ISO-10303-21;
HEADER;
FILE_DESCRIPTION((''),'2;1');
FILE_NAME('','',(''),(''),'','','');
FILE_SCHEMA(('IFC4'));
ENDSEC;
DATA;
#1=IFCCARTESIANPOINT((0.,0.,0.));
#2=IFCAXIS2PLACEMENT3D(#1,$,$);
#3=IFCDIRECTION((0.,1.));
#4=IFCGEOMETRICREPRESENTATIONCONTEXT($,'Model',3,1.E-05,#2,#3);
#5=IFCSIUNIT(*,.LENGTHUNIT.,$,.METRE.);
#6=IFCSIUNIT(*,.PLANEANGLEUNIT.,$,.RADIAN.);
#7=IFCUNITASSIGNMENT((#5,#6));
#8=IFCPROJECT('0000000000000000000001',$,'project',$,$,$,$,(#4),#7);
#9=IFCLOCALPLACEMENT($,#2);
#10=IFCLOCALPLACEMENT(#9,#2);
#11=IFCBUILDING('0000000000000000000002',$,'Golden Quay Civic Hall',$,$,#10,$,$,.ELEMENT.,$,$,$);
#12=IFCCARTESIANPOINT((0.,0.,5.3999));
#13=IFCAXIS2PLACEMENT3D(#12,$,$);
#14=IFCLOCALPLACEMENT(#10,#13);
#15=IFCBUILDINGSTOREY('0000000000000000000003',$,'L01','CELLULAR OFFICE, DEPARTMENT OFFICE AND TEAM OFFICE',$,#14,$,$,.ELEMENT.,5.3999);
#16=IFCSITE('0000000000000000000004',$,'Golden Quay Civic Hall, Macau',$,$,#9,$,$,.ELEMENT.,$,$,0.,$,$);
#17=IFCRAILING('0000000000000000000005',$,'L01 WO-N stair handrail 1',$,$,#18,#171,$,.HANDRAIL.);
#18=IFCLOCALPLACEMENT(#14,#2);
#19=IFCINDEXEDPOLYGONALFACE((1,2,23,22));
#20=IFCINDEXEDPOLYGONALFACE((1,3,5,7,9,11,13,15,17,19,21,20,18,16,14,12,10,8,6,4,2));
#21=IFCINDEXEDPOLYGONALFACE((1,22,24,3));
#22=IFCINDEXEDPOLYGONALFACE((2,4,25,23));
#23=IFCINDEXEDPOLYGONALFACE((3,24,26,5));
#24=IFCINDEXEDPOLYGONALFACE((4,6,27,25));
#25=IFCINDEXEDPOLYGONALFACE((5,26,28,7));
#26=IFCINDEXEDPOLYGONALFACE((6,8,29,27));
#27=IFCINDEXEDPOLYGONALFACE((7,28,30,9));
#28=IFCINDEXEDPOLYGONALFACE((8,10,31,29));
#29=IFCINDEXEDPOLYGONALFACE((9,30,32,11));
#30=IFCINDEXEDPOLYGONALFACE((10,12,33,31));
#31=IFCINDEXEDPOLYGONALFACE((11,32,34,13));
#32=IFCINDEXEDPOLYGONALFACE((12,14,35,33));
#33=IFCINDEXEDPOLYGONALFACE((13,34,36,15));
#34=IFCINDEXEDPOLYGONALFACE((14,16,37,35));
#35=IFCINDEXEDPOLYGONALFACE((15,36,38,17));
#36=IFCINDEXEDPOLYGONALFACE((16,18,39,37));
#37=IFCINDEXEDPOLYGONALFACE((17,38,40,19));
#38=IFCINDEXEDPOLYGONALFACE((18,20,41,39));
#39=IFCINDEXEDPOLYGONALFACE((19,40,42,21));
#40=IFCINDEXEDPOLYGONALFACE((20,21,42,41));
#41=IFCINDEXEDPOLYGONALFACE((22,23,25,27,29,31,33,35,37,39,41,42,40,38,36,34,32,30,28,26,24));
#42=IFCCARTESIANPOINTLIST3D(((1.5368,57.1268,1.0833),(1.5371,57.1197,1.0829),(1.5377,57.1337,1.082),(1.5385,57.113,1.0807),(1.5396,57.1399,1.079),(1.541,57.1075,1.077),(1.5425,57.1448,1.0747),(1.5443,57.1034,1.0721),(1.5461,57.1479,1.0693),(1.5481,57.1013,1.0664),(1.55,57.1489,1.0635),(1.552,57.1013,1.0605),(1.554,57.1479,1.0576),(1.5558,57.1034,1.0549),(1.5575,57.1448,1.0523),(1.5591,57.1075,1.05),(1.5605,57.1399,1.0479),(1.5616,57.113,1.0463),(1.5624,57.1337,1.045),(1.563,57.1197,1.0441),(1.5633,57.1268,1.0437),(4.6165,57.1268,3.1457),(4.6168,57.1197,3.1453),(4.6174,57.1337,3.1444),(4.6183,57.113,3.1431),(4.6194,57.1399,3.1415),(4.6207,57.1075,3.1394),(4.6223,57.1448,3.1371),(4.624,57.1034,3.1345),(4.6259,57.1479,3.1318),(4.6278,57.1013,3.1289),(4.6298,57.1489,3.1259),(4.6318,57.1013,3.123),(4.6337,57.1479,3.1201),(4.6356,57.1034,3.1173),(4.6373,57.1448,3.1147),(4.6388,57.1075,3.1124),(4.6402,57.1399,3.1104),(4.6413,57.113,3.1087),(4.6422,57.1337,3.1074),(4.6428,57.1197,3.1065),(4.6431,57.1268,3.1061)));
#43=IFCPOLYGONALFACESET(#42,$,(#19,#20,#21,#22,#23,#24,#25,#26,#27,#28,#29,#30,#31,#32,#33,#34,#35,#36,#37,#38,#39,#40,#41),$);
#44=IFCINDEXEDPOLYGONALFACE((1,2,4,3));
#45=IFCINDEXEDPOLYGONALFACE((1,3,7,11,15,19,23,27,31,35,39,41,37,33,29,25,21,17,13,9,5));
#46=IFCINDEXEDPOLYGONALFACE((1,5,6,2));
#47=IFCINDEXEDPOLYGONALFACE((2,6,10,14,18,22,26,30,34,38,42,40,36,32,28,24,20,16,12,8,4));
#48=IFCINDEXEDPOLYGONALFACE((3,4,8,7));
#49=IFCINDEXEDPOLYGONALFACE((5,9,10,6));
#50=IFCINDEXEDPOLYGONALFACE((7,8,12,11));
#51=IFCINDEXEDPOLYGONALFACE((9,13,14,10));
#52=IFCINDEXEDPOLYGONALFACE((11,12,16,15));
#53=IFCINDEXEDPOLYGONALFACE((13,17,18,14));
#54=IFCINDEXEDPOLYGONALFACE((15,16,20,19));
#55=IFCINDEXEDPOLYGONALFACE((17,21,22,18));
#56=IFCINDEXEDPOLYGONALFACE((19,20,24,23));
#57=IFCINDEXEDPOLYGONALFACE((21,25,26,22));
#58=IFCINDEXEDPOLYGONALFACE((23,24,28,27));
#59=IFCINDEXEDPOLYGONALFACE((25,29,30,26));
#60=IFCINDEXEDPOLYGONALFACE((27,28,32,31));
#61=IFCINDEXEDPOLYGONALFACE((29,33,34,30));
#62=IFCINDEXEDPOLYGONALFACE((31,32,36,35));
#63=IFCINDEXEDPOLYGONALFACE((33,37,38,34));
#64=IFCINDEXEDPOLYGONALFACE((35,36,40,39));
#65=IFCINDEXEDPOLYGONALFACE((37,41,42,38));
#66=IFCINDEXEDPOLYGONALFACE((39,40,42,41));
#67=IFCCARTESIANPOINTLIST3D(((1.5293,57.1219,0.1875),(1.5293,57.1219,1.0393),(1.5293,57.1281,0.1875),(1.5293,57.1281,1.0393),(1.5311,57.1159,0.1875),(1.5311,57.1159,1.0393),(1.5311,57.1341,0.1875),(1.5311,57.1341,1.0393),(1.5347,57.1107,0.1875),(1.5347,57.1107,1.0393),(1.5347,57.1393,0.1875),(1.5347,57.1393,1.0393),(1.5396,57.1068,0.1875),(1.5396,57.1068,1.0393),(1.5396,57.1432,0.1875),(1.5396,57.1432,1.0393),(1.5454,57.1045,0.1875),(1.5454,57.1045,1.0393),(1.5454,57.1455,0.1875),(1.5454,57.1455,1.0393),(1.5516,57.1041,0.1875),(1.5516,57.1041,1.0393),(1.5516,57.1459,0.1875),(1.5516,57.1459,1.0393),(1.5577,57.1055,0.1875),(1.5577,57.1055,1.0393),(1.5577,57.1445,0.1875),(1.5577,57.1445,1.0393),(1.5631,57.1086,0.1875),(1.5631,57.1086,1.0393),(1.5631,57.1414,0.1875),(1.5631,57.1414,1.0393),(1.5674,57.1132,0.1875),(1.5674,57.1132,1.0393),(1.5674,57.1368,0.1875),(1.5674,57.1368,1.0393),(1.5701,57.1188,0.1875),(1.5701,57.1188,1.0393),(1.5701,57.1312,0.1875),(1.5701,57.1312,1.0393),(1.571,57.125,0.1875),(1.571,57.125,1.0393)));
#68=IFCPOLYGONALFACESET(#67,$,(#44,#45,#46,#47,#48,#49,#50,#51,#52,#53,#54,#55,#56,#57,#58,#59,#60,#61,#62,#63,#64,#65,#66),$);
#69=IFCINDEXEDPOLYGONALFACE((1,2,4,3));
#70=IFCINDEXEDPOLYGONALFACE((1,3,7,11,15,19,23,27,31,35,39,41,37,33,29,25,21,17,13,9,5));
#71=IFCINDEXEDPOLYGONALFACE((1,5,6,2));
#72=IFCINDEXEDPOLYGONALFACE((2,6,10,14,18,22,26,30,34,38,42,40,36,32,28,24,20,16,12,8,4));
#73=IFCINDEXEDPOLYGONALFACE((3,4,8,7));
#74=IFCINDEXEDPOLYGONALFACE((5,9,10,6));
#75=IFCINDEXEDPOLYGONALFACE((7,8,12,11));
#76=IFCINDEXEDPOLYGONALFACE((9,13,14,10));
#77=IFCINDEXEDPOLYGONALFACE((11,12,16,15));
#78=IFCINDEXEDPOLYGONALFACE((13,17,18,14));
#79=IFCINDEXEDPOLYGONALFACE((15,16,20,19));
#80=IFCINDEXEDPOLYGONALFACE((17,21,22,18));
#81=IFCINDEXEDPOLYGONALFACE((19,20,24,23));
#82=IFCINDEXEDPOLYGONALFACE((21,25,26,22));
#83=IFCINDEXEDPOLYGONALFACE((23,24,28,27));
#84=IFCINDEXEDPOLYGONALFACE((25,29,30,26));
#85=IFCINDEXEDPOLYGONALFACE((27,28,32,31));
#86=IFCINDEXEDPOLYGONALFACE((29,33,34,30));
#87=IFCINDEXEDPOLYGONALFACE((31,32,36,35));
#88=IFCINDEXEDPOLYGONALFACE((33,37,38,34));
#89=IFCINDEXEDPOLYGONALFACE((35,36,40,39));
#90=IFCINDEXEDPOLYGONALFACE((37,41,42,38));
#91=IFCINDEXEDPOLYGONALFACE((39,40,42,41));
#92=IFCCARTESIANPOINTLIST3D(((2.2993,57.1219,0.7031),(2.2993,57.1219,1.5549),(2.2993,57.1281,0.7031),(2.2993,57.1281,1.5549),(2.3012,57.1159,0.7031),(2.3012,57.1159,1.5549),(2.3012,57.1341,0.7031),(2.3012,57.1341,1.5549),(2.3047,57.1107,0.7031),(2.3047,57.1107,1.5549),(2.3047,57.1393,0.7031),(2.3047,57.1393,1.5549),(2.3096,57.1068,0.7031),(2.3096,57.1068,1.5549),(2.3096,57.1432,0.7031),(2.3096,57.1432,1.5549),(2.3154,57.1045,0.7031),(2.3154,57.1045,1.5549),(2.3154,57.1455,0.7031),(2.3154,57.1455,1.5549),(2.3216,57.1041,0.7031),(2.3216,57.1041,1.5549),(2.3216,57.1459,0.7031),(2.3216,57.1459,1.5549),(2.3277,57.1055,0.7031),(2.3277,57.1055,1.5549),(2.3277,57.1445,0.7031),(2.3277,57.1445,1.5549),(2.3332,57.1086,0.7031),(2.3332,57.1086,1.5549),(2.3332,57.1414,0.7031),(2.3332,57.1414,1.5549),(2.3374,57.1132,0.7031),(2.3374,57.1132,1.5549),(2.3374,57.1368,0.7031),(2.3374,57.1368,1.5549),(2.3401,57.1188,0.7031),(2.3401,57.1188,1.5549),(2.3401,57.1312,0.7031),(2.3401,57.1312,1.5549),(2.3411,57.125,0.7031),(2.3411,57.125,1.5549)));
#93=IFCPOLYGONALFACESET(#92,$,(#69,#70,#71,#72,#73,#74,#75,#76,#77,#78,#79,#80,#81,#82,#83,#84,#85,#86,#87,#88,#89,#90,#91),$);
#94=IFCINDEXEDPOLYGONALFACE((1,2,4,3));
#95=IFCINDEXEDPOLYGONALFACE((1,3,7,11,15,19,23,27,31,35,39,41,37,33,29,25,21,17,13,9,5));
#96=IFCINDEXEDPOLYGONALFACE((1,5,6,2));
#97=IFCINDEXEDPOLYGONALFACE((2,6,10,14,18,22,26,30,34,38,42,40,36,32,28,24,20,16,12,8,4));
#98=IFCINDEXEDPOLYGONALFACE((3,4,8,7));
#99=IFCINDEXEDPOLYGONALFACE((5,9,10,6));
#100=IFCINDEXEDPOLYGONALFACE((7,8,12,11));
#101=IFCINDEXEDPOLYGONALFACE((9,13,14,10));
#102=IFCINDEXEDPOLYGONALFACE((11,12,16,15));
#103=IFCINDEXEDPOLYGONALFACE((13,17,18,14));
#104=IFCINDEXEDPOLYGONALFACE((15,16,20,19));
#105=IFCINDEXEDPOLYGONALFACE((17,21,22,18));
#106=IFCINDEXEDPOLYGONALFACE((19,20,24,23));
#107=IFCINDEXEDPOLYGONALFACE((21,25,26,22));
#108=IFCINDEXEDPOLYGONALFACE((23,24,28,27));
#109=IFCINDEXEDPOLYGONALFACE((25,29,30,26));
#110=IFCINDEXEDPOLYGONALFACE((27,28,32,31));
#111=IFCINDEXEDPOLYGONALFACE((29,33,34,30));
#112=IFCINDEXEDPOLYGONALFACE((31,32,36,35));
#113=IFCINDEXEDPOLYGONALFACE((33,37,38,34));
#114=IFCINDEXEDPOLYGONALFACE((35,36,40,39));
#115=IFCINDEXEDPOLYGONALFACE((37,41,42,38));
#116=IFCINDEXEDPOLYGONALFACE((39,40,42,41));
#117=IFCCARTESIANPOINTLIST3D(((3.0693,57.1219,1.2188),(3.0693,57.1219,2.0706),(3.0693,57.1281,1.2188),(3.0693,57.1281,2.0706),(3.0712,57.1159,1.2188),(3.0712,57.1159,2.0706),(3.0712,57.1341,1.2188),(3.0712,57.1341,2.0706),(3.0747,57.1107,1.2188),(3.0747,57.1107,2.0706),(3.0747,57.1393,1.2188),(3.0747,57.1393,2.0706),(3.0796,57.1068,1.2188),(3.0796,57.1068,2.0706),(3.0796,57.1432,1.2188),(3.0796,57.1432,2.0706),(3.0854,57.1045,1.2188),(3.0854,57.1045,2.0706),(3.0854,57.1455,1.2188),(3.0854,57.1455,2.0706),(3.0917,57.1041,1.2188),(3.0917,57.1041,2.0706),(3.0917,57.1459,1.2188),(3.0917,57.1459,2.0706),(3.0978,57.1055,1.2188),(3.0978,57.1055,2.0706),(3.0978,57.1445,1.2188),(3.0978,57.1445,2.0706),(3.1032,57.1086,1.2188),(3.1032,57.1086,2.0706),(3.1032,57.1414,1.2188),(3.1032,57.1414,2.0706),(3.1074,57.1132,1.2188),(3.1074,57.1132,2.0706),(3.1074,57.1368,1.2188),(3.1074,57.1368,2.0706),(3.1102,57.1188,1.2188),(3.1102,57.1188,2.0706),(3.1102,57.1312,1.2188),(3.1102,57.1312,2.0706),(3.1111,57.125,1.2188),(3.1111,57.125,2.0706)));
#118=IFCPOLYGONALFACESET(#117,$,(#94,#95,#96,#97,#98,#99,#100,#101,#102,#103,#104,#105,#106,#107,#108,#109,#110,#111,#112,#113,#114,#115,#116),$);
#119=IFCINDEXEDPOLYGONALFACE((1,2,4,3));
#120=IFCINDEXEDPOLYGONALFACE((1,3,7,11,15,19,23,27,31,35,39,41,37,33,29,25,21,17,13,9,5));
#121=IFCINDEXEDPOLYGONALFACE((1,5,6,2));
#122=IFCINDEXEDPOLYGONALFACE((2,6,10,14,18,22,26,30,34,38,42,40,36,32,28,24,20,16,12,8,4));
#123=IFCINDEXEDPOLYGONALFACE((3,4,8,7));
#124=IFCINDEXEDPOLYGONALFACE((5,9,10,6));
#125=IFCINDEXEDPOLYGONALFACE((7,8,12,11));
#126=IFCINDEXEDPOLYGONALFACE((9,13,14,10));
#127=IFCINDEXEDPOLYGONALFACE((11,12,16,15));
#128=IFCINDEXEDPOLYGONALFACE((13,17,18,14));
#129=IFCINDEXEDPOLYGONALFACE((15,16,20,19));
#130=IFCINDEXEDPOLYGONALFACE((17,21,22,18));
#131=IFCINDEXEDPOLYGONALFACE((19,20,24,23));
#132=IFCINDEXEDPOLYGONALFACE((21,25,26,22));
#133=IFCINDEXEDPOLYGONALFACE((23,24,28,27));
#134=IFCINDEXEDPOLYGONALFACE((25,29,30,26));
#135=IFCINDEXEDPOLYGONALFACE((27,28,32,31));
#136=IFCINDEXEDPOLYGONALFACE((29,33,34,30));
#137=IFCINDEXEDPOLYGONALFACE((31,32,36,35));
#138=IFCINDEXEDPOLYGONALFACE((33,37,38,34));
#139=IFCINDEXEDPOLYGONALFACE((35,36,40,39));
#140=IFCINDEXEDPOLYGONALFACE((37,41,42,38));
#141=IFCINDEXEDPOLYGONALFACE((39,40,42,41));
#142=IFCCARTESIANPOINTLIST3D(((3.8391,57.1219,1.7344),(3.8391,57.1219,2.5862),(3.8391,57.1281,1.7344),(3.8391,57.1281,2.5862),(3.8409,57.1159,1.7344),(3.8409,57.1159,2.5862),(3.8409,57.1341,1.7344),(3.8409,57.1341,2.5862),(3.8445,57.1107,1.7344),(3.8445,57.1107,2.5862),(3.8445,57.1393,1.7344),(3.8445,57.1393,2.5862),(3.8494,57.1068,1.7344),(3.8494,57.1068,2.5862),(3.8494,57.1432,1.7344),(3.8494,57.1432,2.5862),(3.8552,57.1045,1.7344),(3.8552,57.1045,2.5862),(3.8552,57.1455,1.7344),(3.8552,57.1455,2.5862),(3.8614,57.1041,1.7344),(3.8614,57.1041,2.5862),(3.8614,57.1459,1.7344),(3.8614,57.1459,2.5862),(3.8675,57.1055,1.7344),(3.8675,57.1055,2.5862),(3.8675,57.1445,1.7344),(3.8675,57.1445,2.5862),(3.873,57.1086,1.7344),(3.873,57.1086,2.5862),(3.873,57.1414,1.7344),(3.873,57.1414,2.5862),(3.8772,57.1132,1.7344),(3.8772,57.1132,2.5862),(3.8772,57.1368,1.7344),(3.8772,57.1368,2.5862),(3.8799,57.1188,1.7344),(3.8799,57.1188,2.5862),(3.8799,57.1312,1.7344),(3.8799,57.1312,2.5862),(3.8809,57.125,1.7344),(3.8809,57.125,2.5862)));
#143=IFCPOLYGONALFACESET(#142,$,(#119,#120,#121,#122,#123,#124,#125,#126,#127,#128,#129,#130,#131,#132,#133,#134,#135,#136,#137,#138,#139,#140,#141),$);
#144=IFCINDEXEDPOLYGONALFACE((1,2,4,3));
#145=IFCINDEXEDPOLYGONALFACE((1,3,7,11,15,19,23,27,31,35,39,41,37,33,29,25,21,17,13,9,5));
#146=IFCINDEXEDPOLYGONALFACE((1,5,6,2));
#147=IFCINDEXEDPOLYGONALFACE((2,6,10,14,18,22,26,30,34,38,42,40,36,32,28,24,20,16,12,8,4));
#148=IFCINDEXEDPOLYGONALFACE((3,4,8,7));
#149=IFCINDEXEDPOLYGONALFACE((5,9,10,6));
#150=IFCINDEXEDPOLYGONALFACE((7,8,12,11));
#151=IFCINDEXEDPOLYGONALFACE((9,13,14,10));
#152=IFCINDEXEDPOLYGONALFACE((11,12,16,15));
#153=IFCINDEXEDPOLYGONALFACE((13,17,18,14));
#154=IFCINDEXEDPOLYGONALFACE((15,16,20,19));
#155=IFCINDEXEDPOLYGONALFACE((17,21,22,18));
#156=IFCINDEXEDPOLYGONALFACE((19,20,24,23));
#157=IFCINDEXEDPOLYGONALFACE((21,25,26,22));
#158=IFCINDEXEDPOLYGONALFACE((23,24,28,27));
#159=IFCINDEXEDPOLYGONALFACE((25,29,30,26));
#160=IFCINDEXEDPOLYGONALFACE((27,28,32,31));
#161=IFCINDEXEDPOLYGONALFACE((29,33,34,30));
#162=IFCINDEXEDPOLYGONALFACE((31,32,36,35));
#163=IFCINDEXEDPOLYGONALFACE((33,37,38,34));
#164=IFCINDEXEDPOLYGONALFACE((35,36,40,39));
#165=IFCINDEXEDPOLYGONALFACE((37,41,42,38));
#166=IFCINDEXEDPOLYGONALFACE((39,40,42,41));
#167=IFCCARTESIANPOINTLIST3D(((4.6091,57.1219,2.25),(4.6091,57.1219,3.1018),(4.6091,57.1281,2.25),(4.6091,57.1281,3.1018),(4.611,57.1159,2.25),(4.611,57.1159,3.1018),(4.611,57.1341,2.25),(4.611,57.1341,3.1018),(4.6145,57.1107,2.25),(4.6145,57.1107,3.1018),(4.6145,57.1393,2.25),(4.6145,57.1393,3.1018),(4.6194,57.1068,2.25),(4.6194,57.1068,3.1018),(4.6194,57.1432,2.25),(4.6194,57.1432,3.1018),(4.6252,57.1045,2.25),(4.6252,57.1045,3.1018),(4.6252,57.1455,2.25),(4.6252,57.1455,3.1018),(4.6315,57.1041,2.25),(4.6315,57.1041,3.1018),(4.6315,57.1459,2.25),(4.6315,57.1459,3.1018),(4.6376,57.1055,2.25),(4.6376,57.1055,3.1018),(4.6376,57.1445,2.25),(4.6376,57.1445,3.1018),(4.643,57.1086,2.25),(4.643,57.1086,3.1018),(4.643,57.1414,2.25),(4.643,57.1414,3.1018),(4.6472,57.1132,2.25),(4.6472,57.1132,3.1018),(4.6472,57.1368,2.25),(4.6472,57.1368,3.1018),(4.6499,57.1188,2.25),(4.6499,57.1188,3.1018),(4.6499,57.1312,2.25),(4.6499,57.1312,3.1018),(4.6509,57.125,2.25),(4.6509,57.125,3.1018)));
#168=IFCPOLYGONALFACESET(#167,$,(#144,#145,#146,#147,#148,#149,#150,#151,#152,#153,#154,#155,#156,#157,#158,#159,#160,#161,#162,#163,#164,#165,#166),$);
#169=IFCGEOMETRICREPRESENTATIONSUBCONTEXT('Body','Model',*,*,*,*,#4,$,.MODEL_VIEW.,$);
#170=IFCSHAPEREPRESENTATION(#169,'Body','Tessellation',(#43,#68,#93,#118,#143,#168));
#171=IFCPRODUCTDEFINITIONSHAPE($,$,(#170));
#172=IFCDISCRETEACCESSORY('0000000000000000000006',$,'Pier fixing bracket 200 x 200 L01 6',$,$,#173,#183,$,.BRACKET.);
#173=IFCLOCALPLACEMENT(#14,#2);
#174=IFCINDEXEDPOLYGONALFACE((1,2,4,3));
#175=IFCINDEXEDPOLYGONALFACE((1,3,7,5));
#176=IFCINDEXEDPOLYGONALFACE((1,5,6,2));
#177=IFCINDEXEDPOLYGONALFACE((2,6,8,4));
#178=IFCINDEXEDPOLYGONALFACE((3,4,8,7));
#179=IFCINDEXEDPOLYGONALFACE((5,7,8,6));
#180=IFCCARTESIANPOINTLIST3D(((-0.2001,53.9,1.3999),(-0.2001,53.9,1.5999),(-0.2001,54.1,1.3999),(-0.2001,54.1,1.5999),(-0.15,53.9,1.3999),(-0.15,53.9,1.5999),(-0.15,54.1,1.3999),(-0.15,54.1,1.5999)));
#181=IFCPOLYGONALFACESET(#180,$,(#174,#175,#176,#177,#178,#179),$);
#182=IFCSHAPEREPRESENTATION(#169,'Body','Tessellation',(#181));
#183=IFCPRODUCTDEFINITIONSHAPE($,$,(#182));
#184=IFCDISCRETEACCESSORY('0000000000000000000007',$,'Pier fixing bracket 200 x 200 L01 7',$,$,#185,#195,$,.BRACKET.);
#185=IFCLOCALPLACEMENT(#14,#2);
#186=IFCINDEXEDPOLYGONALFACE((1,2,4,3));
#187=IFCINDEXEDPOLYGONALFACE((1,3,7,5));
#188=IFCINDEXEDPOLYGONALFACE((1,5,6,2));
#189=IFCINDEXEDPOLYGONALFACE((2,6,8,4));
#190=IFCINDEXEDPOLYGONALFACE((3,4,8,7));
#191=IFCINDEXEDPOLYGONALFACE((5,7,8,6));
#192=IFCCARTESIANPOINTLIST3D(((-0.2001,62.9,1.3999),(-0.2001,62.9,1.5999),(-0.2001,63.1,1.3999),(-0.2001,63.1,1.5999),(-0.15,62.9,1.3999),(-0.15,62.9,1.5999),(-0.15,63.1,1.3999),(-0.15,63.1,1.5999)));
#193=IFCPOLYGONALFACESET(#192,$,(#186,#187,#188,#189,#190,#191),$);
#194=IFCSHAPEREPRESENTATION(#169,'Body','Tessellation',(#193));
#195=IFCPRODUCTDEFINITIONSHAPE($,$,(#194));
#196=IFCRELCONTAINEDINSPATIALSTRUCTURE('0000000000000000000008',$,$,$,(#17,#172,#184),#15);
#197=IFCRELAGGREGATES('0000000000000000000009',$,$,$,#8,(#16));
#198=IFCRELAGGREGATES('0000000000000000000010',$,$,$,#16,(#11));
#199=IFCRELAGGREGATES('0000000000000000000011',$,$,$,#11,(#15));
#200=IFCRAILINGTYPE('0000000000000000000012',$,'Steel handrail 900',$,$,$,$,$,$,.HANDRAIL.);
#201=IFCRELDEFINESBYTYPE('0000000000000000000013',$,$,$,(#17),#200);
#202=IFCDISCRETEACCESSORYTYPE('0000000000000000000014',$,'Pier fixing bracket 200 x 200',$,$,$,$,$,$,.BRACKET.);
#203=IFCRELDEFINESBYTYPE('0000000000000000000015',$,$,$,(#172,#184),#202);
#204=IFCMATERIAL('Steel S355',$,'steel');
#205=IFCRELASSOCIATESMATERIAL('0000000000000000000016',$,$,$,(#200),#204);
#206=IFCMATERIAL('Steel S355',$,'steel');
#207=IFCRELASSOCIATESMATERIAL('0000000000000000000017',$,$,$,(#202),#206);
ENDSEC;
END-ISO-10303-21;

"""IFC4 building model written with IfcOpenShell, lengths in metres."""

from ifc_helpers import new_model, si_unit, direction, frame, origin, origin_2d, place, context, subcontext, project, spatial, rectangle, circle, extrude, material, type_object, element, save


model = new_model("IFC4")

# Units and contexts
model_context = context("Model", 3, precision=1e-05, world=origin(), true_north=direction((0.0, 1.0)))
body_context = subcontext(model_context, "Body", "Model", "MODEL_VIEW")
ifc_project = project(units=[si_unit("LENGTHUNIT", "METRE"), si_unit("PLANEANGLEUNIT", "RADIAN")], contexts=[model_context])

# Site, building, storey
site_placement = place(None, origin())
site = spatial("IfcSite", under=ifc_project, at=site_placement, Name="Golden Quay Civic Hall, Macau", CompositionType="ELEMENT", RefElevation=0.0)
building_placement = place(site_placement, origin())
building = spatial("IfcBuilding", under=site, at=building_placement, Name="Golden Quay Civic Hall", CompositionType="ELEMENT")
storey_placement = place(building_placement, frame((0.0, 0.0, 5.3999)))
storey = spatial("IfcBuildingStorey", under=building, at=storey_placement, Name="L01", Description="CELLULAR OFFICE, DEPARTMENT OFFICE AND TEAM OFFICE", CompositionType="ELEMENT", Elevation=5.3999)

# Railing
ifc_material_1 = material(Name="Steel S355", Category="steel")
railing_type_1 = type_object("IfcRailingType", Name="Steel handrail 900", PredefinedType="HANDRAIL", material=ifc_material_1)
railing_1_placement = place(storey_placement, frame((1.55, 57.125, 0.1875)))
element("IfcRailing", 1, at=railing_1_placement, inside=storey, type_object=railing_type_1, Name="L01 WO-N stair handrail 1", PredefinedType="HANDRAIL", context=body_context, shape_type="SweptSolid", body=[
    extrude(circle(Radius=0.0239, at=origin_2d()), frame((0.0, 0.0, 0.876), z_axis=(0.830893, 0.0, 0.556432), x_axis=(0.0, 1.0, 0.0)), (0.0, 0.0, 1.0), 3.7065),
    extrude(circle(Radius=0.021, at=origin_2d()), origin(), (0.0, 0.0, 1.0), 0.8518),
    extrude(circle(Radius=0.021, at=origin_2d()), frame((0.77, 0.0, 0.5156)), (0.0, 0.0, 1.0), 0.8518),
    extrude(circle(Radius=0.021, at=origin_2d()), frame((1.54, 0.0, 1.0312)), (0.0, 0.0, 1.0), 0.8518),
    extrude(circle(Radius=0.021, at=origin_2d()), frame((2.3098, 0.0, 1.5469)), (0.0, 0.0, 1.0), 0.8518),
    extrude(circle(Radius=0.021, at=origin_2d()), frame((3.0798, 0.0, 2.0625)), (0.0, 0.0, 1.0), 0.8518),
])

# Discrete accessories
ifc_material_2 = material(Name="Steel S355", Category="steel")
discrete_accessory_type = type_object("IfcDiscreteAccessoryType", Name="Pier fixing bracket 200 x 200", PredefinedType="BRACKET", material=ifc_material_2)
for number, where, z_axis, x_axis, name in (
    (2, (-0.175, 54.0, 1.3999), (0.0, 0.0, 1.0), (0.0, -1.0, 0.0), "Pier fixing bracket 200 x 200 L01 6"),
    (3, (-0.175, 63.0, 1.3999), (0.0, 0.0, 1.0), (0.0, -1.0, 0.0), "Pier fixing bracket 200 x 200 L01 7"),
):
    element("IfcDiscreteAccessory", number, at=place(storey_placement, frame(where, z_axis=z_axis, x_axis=x_axis)), inside=storey, type_object=discrete_accessory_type, Name=name, PredefinedType="BRACKET", context=body_context, shape_type="SweptSolid", body=[
        extrude(rectangle(XDim=0.2, YDim=0.05, at=origin_2d()), origin(), (0.0, 0.0, 1.0), 0.2),
    ])

save(model, "model.ifc")
